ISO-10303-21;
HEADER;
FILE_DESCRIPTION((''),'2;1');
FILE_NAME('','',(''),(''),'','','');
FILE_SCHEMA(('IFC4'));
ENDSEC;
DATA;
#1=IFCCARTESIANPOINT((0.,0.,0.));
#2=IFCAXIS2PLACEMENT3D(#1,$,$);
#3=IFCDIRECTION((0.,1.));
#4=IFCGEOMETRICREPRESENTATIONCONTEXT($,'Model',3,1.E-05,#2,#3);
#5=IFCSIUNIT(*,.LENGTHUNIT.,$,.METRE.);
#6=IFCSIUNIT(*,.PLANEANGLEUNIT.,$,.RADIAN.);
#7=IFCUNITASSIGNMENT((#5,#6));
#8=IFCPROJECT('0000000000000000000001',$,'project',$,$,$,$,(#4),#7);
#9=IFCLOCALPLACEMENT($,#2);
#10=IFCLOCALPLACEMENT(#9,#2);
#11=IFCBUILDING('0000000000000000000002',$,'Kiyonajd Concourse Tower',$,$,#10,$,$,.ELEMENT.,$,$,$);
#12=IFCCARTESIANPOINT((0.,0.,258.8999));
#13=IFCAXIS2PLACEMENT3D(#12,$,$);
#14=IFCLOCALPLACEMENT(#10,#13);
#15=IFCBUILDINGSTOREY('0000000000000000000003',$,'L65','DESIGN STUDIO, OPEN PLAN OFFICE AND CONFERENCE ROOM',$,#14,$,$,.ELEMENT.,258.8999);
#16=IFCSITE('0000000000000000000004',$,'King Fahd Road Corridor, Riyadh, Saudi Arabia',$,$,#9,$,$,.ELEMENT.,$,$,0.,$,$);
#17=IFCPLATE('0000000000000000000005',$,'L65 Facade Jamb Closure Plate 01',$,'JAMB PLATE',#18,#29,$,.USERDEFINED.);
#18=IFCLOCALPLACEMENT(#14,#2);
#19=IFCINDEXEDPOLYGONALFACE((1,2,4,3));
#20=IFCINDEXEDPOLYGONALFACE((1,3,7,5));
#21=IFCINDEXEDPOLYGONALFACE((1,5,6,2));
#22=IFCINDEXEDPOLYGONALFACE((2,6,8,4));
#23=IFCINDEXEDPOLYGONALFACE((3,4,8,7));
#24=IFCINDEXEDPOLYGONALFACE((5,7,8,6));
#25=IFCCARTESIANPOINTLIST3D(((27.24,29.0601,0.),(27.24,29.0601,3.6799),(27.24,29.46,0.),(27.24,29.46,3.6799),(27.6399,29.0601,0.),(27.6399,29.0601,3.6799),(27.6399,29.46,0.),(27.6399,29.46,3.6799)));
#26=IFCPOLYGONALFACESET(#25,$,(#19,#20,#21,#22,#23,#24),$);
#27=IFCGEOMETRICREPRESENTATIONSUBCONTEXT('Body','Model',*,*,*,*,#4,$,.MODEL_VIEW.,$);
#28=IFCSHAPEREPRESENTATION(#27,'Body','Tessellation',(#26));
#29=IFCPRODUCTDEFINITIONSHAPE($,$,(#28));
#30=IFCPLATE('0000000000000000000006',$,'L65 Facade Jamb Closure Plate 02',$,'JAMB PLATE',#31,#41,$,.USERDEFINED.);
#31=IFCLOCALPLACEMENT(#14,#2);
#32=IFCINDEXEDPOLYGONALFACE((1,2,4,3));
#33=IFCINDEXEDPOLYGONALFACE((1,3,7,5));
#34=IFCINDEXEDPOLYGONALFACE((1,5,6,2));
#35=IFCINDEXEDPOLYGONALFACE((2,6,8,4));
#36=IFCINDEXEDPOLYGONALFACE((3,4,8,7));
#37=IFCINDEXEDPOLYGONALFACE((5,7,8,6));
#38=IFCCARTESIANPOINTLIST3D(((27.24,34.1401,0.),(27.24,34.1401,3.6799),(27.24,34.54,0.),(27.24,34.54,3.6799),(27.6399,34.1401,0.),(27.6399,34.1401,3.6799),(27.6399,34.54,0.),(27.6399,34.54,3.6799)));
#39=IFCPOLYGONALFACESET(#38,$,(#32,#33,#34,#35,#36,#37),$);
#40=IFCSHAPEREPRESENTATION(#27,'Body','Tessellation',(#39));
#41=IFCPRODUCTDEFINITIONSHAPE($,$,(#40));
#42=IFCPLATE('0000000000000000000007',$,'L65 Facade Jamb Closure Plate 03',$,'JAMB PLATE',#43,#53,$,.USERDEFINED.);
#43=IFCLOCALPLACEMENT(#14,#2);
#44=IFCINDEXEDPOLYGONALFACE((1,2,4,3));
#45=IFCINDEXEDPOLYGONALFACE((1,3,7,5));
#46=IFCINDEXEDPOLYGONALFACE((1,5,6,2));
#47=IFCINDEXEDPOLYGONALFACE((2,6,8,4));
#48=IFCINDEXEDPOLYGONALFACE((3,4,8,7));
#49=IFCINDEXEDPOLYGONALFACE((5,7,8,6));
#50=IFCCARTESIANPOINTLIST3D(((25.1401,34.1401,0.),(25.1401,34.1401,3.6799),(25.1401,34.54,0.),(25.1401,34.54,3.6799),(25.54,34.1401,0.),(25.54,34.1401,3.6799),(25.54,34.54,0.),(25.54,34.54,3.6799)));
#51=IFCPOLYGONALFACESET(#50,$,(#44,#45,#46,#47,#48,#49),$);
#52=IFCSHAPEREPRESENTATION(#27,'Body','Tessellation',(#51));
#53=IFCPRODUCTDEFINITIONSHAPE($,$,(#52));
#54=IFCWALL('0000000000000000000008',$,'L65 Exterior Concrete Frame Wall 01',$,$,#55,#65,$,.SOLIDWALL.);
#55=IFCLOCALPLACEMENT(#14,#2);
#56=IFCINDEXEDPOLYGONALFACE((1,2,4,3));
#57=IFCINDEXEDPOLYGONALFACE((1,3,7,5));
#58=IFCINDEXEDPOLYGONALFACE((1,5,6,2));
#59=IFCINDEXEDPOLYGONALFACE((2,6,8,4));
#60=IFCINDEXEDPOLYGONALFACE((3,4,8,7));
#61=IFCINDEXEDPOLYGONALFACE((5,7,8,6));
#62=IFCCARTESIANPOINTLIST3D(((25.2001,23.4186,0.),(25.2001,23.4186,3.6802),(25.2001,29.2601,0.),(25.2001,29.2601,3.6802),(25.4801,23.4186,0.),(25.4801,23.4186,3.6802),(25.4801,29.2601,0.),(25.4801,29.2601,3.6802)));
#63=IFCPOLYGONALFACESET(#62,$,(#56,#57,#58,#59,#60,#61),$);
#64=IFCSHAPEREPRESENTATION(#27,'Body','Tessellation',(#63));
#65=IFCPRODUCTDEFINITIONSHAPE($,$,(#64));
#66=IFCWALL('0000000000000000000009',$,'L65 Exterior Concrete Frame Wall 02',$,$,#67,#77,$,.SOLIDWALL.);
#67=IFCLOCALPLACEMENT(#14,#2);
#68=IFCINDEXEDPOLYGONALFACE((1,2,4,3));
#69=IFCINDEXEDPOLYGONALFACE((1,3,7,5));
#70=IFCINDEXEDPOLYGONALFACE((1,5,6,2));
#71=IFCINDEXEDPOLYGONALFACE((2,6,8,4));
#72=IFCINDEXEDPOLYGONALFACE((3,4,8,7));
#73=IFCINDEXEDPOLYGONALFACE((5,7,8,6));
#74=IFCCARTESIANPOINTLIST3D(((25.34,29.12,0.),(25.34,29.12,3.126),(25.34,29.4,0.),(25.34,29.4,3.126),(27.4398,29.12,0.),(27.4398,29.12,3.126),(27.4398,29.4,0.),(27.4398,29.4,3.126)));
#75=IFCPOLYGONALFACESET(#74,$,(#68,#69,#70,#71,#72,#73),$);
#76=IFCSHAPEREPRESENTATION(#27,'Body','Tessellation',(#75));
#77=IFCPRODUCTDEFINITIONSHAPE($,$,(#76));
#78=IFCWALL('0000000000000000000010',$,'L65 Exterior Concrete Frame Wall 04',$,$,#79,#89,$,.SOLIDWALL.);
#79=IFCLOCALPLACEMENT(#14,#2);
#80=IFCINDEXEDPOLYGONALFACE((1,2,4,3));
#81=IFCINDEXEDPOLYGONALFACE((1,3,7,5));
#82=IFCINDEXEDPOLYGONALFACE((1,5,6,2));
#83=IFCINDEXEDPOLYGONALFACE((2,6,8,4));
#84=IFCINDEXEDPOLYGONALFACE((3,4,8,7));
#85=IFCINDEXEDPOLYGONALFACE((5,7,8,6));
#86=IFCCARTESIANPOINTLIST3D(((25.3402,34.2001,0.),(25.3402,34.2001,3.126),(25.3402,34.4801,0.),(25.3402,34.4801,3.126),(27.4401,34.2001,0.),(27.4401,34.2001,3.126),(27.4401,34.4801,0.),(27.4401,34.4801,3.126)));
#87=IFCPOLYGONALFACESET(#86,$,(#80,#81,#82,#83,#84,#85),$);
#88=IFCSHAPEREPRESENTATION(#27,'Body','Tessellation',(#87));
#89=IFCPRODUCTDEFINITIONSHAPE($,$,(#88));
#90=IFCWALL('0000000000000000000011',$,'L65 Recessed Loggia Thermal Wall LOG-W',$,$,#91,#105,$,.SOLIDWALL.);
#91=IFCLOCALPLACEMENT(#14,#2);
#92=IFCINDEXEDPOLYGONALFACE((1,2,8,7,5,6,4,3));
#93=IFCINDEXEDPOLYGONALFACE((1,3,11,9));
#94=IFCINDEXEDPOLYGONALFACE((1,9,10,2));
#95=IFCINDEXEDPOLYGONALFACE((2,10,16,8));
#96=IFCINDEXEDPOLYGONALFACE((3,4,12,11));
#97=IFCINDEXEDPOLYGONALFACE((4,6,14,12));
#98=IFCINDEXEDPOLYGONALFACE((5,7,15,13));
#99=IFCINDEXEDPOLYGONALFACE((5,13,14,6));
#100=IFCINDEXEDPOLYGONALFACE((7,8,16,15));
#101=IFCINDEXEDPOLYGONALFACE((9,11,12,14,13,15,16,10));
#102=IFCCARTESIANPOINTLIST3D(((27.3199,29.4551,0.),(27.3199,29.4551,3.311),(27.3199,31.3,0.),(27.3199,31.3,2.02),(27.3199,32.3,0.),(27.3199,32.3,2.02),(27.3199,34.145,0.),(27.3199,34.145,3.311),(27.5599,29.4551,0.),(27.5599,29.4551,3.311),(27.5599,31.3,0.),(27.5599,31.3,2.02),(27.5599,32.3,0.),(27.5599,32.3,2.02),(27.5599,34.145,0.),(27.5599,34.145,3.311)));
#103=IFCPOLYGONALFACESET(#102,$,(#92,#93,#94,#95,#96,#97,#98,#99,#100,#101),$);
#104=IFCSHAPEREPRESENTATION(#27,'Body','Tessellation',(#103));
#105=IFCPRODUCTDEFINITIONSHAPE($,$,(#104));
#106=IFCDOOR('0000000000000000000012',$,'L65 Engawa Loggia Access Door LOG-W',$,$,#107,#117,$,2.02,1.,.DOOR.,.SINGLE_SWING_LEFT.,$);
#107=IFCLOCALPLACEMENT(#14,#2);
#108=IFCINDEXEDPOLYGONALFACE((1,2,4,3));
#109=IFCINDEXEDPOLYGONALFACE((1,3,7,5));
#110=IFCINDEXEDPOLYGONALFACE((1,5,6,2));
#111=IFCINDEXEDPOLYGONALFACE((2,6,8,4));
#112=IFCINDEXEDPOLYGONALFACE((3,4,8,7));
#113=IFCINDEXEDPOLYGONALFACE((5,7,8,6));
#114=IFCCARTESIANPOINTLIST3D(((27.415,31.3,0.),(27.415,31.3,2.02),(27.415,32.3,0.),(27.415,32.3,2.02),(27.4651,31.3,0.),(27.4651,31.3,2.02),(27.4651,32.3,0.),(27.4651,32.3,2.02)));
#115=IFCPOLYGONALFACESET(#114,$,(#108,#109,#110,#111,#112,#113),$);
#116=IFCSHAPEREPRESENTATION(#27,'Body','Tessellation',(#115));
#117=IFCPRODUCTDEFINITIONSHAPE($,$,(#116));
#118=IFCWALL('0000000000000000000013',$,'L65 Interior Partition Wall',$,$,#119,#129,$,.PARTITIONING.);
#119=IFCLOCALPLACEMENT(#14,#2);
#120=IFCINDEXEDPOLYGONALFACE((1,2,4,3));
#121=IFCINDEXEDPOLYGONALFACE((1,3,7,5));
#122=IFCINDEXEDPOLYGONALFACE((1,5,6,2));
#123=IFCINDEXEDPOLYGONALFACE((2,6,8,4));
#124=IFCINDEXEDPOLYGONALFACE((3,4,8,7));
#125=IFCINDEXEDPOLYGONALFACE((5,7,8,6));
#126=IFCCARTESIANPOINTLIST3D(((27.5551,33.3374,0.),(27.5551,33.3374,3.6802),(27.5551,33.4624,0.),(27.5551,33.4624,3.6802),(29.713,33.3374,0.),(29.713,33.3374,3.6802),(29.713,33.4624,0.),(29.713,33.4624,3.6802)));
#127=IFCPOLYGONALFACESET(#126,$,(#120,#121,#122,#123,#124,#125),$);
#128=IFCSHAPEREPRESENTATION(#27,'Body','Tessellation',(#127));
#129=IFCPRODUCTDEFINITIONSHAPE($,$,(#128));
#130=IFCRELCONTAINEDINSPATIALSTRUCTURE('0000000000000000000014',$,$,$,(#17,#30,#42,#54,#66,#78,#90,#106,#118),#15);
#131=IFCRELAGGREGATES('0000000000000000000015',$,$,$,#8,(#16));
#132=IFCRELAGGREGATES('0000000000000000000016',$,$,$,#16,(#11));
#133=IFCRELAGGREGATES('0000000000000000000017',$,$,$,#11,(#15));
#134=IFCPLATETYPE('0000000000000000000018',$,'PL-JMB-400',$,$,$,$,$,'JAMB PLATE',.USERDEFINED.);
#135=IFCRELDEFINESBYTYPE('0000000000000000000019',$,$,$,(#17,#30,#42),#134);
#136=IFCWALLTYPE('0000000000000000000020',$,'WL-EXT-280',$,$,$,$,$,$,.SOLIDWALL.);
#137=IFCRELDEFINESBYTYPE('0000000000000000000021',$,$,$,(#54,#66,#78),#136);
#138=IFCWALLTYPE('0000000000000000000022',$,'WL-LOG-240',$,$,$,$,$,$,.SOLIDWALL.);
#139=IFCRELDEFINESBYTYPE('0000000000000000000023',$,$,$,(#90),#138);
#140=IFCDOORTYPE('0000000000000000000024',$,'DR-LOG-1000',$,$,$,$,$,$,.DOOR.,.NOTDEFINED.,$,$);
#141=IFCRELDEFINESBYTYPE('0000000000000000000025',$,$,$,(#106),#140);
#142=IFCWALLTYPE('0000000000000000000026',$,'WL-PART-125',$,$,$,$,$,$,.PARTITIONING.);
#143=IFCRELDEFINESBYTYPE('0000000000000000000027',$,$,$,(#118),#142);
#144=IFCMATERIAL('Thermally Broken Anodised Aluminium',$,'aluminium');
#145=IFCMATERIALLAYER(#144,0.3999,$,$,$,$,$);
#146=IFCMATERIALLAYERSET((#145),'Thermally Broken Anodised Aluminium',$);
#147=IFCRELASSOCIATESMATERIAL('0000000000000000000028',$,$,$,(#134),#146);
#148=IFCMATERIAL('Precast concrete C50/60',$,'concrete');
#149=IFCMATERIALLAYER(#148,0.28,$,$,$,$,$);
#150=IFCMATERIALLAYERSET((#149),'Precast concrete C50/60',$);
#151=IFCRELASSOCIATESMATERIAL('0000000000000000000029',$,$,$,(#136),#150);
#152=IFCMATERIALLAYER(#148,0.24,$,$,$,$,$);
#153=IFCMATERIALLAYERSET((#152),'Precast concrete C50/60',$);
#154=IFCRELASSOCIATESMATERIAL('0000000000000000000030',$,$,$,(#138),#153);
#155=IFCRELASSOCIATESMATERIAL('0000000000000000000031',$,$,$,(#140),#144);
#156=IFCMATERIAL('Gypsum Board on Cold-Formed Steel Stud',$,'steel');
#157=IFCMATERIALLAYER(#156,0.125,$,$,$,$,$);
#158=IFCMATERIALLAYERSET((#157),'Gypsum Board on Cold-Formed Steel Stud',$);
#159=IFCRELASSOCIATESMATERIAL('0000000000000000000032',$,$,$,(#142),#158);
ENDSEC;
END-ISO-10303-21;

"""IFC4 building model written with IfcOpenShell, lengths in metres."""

from ifc_helpers import new_model, si_unit, direction, frame, frame_2d, origin, origin_2d, place, context, subcontext, project, spatial, rectangle, extrude, material, layer, layer_set, type_object, element, fill, save


model = new_model("IFC4")

# Units and contexts
model_context = context("Model", 3, precision=1e-05, world=origin(), true_north=direction((0.0, 1.0)))
body_context = subcontext(model_context, "Body", "Model", "MODEL_VIEW")
ifc_project = project(units=[si_unit("LENGTHUNIT", "METRE"), si_unit("PLANEANGLEUNIT", "RADIAN")], contexts=[model_context])

# Site, building, storey
site_placement = place(None, origin())
site = spatial("IfcSite", under=ifc_project, at=site_placement, Name="King Fahd Road Corridor, Riyadh, Saudi Arabia", CompositionType="ELEMENT", RefElevation=0.0)
building_placement = place(site_placement, origin())
building = spatial("IfcBuilding", under=site, at=building_placement, Name="Kiyonajd Concourse Tower", CompositionType="ELEMENT")
storey_placement = place(building_placement, frame((0.0, 0.0, 258.8999)))
storey = spatial("IfcBuildingStorey", under=building, at=storey_placement, Name="L65", Description="DESIGN STUDIO, OPEN PLAN OFFICE AND CONFERENCE ROOM", CompositionType="ELEMENT", Elevation=258.8999)

# Plates
ifc_material_1 = material(Name="Thermally Broken Anodised Aluminium", Category="aluminium")
ifc_layer_1 = layer(ifc_material_1, 0.3999)
ifc_layer_set_1 = layer_set([ifc_layer_1], Name="Thermally Broken Anodised Aluminium")
plate_type_1 = type_object("IfcPlateType", Name="PL-JMB-400", ElementType="JAMB PLATE", PredefinedType="USERDEFINED", material=ifc_layer_set_1)
for number, where, z_axis, x_axis, name in (
    (1, (27.4399, 29.26, 0.0), (0.0, 0.0, 1.0), (1.0, 0.0, 0.0), "L65 Facade Jamb Closure Plate 01"),
    (2, (27.4399, 34.3401, 0.0), (0.0, 0.0, 1.0), (1.0, 0.0, 0.0), "L65 Facade Jamb Closure Plate 02"),
    (3, (25.3401, 34.3401, 0.0), (0.0, 0.0, 1.0), (1.0, 0.0, 0.0), "L65 Facade Jamb Closure Plate 03"),
):
    element("IfcPlate", number, at=place(storey_placement, frame(where, z_axis=z_axis, x_axis=x_axis)), inside=storey, type_object=plate_type_1, Name=name, ObjectType="JAMB PLATE", PredefinedType="USERDEFINED", context=body_context, shape_type="SweptSolid", body=[
        extrude(rectangle(XDim=0.3999, YDim=0.3999, at=origin_2d()), origin(), (0.0, 0.0, 1.0), 3.6799),
    ])

# Walls
ifc_material_2 = material(Name="Precast concrete C50/60", Category="concrete")
ifc_layer_2 = layer(ifc_material_2, 0.28)
ifc_layer_set_2 = layer_set([ifc_layer_2], Name="Precast concrete C50/60")
wall_type_1 = type_object("IfcWallType", Name="WL-EXT-280", PredefinedType="SOLIDWALL", material=ifc_layer_set_2)
wall_1_placement = place(storey_placement, frame((25.3401, 23.4185, 0.0), z_axis=(0.0, 0.0, 1.0), x_axis=(0.0, 1.0, 0.0)))
element("IfcWall", 4, at=wall_1_placement, inside=storey, type_object=wall_type_1, Name="L65 Exterior Concrete Frame Wall 01", PredefinedType="SOLIDWALL", context=body_context, shape_type="SweptSolid", body=[
    extrude(rectangle(XDim=5.8416, YDim=0.28, at=frame_2d((2.9209, 0.0))), origin(), (0.0, 0.0, 1.0), 3.6802),
])
for number, where, z_axis, x_axis, name in (
    (5, (25.3401, 29.26, 0.0), (0.0, 0.0, 1.0), (1.0, 0.0, 0.0), "L65 Exterior Concrete Frame Wall 02"),
    (6, (27.4399, 34.3401, 0.0), (0.0, 0.0, 1.0), (-1.0, 0.0, 0.0), "L65 Exterior Concrete Frame Wall 04"),
):
    element("IfcWall", number, at=place(storey_placement, frame(where, z_axis=z_axis, x_axis=x_axis)), inside=storey, type_object=wall_type_1, Name=name, PredefinedType="SOLIDWALL", context=body_context, shape_type="SweptSolid", body=[
        extrude(rectangle(XDim=2.0999, YDim=0.28, at=frame_2d((1.0498, 0.0))), origin(), (0.0, 0.0, 1.0), 3.126),
    ])

# Wall, opening, door
ifc_layer_3 = layer(ifc_material_2, 0.24)
ifc_layer_set_3 = layer_set([ifc_layer_3], Name="Precast concrete C50/60")
wall_type_2 = type_object("IfcWallType", Name="WL-LOG-240", PredefinedType="SOLIDWALL", material=ifc_layer_set_3)
wall_2_placement = place(storey_placement, frame((27.4399, 29.4551, 0.0), z_axis=(0.0, 0.0, 1.0), x_axis=(0.0, 1.0, 0.0)))
wall_2 = element("IfcWall", 7, at=wall_2_placement, inside=storey, type_object=wall_type_2, Name="L65 Recessed Loggia Thermal Wall LOG-W", PredefinedType="SOLIDWALL", context=body_context, shape_type="SweptSolid", body=[
    extrude(rectangle(XDim=4.6899, YDim=0.24, at=frame_2d((2.345, 0.0))), origin(), (0.0, 0.0, 1.0), 3.311),
])
opening_1_placement = place(wall_2_placement, frame((1.845, 0.0, 0.0)))
opening_1 = element("IfcOpeningElement", 8, at=opening_1_placement, cuts=wall_2, PredefinedType="OPENING", context=body_context, shape_type="SweptSolid", body=[
    extrude(rectangle(XDim=1.0, YDim=2.02, at=frame_2d((0.5, 1.01))), frame((0.0, 0.1299, 0.0), z_axis=(0.0, -1.0, 0.0), x_axis=(1.0, 0.0, 0.0)), (0.0, 0.0, 1.0), 0.26),
])
door_type_1 = type_object("IfcDoorType", Name="DR-LOG-1000", OperationType="NOTDEFINED", PredefinedType="DOOR", material=ifc_material_1)
door_1_placement = place(opening_1_placement, origin())
door_1 = element("IfcDoor", 9, at=door_1_placement, inside=storey, type_object=door_type_1, Name="L65 Engawa Loggia Access Door LOG-W", OperationType="SINGLE_SWING_LEFT", OverallHeight=2.02, OverallWidth=1.0, PredefinedType="DOOR", context=body_context, shape_type="SweptSolid", body=[
    extrude(rectangle(XDim=1.0, YDim=2.02, at=frame_2d((0.5, 1.01))), frame((0.0, 0.0249, 0.0), z_axis=(0.0, -1.0, 0.0), x_axis=(1.0, 0.0, 0.0)), (0.0, 0.0, 1.0), 0.05),
])
fill(opening_1, door_1)

# Wall
ifc_material_3 = material(Name="Gypsum Board on Cold-Formed Steel Stud", Category="steel")
ifc_layer_4 = layer(ifc_material_3, 0.125)
ifc_layer_set_4 = layer_set([ifc_layer_4], Name="Gypsum Board on Cold-Formed Steel Stud")
wall_type_3 = type_object("IfcWallType", Name="WL-PART-125", PredefinedType="PARTITIONING", material=ifc_layer_set_4)
wall_3_placement = place(storey_placement, frame((27.5549, 33.3999, 0.0), z_axis=(0.0, 0.0, 1.0), x_axis=(1.0, 0.0, 0.0)))
element("IfcWall", 10, at=wall_3_placement, inside=storey, type_object=wall_type_3, Name="L65 Interior Partition Wall", PredefinedType="PARTITIONING", context=body_context, shape_type="SweptSolid", body=[
    extrude(rectangle(XDim=2.158, YDim=0.125, at=frame_2d((1.0791, 0.0))), origin(), (0.0, 0.0, 1.0), 3.6802),
])

save(model, "model.ifc")
